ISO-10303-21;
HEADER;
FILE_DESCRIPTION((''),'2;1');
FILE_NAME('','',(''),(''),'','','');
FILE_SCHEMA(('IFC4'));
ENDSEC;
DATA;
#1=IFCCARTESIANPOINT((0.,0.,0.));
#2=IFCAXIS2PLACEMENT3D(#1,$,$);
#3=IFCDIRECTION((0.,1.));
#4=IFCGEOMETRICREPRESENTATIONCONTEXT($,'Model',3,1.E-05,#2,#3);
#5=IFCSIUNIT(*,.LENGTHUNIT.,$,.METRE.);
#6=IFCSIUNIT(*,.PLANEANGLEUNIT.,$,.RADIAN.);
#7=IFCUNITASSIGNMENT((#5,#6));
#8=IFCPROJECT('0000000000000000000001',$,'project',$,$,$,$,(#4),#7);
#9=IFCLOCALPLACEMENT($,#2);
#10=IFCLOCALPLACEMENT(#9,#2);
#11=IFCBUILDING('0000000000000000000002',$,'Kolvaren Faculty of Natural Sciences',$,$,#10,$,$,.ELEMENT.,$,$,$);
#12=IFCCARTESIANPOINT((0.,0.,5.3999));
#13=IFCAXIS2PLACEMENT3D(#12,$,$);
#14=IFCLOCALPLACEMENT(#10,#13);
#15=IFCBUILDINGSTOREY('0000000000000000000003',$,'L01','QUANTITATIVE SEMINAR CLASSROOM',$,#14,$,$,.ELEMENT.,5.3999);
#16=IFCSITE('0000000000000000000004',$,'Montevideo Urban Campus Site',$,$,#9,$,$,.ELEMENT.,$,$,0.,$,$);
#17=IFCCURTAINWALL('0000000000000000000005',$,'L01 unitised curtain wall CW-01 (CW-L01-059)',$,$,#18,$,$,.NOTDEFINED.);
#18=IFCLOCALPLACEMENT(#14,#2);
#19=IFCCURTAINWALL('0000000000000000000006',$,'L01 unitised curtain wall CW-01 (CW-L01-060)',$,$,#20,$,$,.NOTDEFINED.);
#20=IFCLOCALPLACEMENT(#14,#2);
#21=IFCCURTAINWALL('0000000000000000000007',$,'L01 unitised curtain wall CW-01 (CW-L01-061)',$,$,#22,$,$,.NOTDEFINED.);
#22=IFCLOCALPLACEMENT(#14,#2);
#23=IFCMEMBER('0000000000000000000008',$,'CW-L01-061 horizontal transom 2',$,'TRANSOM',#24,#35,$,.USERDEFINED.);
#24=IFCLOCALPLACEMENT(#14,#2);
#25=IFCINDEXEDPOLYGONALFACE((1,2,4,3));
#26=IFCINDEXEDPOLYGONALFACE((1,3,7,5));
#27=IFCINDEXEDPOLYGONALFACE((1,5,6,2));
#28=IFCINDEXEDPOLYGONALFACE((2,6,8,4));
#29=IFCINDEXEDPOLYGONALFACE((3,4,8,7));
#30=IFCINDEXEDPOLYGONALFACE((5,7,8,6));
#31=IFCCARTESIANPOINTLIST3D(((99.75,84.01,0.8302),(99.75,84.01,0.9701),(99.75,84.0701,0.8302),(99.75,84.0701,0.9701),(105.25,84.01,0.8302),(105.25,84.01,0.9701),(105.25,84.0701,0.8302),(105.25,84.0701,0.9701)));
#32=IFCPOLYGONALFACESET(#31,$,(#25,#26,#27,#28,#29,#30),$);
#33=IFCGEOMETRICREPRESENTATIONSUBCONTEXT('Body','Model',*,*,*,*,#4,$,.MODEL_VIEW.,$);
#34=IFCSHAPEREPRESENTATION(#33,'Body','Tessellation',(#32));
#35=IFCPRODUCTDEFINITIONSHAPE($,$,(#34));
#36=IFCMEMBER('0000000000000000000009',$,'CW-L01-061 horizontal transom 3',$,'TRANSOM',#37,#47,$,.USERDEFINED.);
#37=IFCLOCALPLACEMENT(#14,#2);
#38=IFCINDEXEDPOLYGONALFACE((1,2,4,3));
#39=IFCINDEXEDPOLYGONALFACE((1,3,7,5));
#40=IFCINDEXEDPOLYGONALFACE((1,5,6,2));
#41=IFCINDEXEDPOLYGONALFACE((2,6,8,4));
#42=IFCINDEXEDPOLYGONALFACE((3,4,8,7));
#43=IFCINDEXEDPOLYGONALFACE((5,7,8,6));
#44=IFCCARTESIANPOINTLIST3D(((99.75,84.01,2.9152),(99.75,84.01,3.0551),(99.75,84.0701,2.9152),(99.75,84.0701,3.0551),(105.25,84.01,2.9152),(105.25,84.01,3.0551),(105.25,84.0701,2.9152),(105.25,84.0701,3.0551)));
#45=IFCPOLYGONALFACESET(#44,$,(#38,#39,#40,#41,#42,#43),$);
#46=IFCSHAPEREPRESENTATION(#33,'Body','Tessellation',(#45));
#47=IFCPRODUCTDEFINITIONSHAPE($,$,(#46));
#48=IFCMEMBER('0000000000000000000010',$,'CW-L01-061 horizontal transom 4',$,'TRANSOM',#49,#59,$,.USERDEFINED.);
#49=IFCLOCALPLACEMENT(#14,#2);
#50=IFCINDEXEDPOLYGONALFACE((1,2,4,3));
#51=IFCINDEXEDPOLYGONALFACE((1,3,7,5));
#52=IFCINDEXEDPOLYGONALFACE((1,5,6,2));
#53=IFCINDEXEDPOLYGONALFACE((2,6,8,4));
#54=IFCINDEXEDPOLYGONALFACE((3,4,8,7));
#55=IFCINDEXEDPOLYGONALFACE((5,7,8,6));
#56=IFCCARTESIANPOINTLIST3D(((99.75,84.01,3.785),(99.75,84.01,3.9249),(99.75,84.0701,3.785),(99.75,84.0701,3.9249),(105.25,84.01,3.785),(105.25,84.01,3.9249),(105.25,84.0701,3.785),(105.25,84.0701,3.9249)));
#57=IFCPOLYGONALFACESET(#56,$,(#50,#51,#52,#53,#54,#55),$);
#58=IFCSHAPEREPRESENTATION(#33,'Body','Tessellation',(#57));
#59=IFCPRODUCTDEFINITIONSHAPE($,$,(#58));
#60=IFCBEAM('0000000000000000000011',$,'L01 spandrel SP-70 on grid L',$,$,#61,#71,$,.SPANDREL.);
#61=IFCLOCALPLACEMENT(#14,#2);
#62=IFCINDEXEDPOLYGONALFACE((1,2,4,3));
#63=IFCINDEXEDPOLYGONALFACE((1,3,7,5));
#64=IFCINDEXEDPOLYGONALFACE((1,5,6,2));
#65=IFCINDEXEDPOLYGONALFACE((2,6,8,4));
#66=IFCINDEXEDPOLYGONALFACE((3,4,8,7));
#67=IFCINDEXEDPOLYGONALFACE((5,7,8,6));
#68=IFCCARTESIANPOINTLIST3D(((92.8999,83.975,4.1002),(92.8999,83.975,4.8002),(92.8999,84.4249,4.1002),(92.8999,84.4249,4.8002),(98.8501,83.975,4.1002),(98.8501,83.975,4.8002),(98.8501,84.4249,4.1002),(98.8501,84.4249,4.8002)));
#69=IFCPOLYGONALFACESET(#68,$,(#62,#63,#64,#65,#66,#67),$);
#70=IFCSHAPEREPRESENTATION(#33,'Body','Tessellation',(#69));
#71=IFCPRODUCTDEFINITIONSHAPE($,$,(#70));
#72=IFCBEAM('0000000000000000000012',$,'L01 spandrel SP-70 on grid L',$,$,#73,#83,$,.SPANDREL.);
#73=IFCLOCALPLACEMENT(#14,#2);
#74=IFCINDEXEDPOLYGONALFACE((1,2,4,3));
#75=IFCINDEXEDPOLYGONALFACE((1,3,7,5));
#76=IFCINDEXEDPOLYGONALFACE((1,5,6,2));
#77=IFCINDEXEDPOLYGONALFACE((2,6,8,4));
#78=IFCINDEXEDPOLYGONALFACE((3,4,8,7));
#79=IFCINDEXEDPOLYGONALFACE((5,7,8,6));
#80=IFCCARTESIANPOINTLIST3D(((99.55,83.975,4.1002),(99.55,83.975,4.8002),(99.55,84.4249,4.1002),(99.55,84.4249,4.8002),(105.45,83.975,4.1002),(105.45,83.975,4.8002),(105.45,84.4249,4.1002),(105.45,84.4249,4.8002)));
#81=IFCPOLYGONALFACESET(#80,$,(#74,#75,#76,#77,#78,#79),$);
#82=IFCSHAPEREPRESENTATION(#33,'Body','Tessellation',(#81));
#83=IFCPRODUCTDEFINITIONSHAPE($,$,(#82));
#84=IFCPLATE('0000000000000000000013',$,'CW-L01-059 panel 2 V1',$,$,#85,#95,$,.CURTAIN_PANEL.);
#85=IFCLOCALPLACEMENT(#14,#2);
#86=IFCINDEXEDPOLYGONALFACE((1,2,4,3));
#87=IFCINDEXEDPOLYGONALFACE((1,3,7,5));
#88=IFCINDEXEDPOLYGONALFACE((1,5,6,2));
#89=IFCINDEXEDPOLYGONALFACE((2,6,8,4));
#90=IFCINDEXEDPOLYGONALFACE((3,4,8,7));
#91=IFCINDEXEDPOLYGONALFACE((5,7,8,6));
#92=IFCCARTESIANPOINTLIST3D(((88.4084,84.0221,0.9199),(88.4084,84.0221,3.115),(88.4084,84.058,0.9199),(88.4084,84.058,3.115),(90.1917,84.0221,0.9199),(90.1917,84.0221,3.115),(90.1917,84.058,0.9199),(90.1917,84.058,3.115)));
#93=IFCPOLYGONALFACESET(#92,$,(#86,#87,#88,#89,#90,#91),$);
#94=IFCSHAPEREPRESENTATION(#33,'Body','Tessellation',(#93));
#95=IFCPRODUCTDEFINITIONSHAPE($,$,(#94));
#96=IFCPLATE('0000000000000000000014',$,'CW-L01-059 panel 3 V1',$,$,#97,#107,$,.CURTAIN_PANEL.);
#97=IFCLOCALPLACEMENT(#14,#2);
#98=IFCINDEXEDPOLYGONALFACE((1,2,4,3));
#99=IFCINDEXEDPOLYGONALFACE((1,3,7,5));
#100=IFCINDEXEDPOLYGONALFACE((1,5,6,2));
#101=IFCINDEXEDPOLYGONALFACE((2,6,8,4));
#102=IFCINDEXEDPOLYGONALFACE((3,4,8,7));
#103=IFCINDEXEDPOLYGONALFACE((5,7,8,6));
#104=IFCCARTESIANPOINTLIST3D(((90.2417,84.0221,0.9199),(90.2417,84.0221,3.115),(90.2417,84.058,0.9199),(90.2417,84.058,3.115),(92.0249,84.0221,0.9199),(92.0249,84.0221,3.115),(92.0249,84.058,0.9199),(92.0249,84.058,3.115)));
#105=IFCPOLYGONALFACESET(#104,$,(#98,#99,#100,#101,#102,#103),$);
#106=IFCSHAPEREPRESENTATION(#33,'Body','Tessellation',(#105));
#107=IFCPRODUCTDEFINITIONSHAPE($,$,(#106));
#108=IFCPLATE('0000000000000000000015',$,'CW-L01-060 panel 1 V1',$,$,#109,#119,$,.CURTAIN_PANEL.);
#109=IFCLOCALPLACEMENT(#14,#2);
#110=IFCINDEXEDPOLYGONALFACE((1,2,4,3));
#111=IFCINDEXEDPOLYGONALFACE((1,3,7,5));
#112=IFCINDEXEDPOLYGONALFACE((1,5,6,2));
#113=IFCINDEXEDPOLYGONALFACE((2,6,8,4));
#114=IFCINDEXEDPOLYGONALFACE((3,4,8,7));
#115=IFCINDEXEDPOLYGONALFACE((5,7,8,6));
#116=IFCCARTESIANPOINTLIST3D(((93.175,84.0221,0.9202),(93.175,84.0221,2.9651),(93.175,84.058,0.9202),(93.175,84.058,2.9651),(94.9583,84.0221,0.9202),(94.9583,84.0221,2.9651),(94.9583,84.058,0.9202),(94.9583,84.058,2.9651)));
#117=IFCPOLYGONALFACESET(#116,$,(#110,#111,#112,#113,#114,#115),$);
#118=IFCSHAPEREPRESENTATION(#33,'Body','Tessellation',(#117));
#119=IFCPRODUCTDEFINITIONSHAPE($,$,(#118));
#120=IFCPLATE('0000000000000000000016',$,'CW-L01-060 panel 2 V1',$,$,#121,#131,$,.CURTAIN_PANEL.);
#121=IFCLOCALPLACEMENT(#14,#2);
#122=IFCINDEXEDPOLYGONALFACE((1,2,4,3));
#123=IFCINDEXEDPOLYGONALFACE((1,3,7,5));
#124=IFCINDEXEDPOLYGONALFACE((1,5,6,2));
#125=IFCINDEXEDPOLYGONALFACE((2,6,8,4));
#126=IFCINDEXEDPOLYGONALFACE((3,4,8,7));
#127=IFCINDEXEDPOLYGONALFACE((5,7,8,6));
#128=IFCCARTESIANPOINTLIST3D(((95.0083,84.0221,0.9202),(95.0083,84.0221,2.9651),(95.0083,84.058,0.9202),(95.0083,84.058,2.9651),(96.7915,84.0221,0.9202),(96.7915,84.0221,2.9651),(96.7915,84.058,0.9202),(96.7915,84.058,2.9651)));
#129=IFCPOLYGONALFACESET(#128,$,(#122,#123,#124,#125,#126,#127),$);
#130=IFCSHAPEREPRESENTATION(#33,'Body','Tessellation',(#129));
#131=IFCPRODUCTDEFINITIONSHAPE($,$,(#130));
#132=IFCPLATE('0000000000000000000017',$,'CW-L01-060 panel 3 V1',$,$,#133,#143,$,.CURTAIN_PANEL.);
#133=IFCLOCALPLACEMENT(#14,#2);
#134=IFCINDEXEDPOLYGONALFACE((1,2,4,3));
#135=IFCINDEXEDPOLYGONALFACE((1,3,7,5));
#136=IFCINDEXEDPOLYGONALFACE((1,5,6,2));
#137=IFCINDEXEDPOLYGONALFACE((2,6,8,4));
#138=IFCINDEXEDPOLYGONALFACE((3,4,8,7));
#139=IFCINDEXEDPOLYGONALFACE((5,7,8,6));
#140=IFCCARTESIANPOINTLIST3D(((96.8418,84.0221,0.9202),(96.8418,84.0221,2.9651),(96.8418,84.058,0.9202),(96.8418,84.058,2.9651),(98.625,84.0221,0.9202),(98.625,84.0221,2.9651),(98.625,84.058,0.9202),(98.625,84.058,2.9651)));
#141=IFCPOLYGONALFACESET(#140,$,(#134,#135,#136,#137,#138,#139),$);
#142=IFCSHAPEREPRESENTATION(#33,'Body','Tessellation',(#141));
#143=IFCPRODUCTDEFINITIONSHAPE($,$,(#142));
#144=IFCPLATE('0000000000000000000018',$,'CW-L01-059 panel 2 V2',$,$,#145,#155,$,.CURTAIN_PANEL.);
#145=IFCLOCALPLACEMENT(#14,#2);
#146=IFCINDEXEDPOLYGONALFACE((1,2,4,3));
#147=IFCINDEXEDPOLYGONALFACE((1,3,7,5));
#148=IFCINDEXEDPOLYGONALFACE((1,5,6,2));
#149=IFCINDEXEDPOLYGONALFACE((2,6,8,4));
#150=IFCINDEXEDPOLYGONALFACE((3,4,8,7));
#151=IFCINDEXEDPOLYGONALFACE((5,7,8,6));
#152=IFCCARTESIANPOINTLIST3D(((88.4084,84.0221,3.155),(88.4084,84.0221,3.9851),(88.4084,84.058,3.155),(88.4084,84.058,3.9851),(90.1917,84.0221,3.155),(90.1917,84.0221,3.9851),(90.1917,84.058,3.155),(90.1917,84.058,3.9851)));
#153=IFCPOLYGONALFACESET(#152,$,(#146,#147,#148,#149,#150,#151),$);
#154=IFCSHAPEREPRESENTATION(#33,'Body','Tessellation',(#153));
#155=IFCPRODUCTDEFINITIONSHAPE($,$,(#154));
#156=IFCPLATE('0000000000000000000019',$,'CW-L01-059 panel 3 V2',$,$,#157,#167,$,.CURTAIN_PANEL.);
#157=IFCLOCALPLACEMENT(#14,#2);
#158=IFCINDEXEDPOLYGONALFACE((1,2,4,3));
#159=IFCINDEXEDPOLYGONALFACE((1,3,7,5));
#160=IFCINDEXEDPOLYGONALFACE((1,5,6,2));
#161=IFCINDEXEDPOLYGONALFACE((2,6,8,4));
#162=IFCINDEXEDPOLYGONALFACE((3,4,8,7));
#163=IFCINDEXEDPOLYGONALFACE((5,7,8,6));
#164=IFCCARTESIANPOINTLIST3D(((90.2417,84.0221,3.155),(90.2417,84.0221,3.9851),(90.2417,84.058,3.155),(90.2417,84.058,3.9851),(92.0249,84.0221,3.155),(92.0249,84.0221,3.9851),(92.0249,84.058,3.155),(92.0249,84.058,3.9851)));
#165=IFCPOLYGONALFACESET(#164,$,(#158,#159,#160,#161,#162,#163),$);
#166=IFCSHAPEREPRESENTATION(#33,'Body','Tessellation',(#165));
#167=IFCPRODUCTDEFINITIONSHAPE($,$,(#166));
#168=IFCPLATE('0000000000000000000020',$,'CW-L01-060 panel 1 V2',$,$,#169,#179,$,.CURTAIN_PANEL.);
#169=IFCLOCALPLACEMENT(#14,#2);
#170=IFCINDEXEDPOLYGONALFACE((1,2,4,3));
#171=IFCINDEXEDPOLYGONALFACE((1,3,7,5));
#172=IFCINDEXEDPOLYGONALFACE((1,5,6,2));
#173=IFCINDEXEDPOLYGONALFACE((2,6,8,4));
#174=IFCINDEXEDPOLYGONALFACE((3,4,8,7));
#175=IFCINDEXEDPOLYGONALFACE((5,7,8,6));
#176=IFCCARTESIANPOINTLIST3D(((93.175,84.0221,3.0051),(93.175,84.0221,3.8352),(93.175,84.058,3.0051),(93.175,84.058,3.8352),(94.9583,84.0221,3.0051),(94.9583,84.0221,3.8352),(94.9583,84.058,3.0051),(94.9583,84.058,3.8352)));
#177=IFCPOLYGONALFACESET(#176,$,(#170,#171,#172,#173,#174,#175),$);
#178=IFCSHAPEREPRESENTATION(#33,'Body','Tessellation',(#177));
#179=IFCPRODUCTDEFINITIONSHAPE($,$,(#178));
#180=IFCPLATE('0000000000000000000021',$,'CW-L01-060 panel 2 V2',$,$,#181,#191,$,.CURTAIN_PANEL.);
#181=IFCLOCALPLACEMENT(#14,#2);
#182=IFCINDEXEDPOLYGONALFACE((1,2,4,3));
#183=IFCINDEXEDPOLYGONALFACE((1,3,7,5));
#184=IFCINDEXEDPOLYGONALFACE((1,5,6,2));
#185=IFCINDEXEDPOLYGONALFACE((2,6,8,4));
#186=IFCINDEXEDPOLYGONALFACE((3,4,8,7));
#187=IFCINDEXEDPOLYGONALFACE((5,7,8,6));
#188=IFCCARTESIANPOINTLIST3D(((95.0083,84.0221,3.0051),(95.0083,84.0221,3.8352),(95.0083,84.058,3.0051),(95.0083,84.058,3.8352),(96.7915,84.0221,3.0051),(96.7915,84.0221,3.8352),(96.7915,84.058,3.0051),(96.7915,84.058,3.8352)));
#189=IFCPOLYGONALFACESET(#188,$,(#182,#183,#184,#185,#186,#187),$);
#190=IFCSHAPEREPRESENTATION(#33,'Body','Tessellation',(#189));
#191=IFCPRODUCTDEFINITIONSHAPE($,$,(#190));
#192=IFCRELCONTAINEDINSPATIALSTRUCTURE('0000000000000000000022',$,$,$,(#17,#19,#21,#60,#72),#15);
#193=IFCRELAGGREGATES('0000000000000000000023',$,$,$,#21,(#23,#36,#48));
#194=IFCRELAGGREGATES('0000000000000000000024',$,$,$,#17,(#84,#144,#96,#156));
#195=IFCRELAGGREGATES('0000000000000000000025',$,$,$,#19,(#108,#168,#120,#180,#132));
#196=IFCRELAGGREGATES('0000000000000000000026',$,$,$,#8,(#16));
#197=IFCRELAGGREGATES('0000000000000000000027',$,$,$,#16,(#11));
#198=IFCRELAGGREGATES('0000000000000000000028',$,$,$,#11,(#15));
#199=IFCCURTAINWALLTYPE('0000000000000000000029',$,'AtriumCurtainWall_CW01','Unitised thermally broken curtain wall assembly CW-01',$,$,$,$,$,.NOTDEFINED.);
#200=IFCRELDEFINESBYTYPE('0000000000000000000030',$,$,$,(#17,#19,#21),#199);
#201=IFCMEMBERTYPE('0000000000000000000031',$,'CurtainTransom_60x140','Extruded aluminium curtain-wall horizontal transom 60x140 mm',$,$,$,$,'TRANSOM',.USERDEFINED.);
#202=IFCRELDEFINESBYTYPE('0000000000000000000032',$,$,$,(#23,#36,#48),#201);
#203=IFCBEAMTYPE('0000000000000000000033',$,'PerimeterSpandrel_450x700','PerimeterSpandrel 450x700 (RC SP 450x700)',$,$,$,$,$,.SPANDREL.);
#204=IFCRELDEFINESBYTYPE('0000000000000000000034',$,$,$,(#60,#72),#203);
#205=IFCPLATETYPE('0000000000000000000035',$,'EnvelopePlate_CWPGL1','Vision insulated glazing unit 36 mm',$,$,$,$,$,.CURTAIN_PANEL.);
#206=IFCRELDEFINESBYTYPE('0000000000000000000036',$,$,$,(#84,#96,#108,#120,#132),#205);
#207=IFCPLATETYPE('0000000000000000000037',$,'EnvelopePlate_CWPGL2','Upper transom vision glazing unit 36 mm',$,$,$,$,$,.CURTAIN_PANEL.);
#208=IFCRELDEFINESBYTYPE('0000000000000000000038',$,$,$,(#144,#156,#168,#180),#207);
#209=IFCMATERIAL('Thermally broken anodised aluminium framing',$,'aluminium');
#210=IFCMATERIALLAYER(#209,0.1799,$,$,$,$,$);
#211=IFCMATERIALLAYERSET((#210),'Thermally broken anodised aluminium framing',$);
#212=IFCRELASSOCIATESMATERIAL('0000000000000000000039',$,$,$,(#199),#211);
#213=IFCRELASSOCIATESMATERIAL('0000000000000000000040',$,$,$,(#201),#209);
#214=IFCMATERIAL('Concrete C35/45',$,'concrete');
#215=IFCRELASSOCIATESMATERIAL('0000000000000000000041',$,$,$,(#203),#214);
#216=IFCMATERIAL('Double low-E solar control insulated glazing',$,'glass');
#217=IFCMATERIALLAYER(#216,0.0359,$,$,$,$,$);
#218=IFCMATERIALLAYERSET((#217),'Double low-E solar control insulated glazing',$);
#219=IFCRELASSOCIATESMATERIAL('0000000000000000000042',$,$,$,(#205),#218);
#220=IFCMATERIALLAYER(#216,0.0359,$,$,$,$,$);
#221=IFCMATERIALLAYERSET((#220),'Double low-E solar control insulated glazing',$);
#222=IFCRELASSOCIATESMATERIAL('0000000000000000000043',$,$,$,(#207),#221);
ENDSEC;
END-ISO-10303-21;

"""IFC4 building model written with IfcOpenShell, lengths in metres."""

from ifc_helpers import new_model, si_unit, direction, frame, origin, origin_2d, place, context, subcontext, project, spatial, rectangle, extrude, material, layer, layer_set, material_profile, profile_set, type_object, element, aggregate, save


model = new_model("IFC4")

# Units and contexts
model_context = context("Model", 3, precision=1e-05, world=origin(), true_north=direction((0.0, 1.0)))
body_context = subcontext(model_context, "Body", "Model", "MODEL_VIEW")
ifc_project = project(units=[si_unit("LENGTHUNIT", "METRE"), si_unit("PLANEANGLEUNIT", "RADIAN")], contexts=[model_context])

# Site, building, storey
site_placement = place(None, origin())
site = spatial("IfcSite", under=ifc_project, at=site_placement, Name="Montevideo Urban Campus Site", CompositionType="ELEMENT", RefElevation=0.0)
building_placement = place(site_placement, origin())
building = spatial("IfcBuilding", under=site, at=building_placement, Name="Kolvaren Faculty of Natural Sciences", CompositionType="ELEMENT")
storey_placement = place(building_placement, frame((0.0, 0.0, 5.3999)))
storey = spatial("IfcBuildingStorey", under=building, at=storey_placement, Name="L01", Description="QUANTITATIVE SEMINAR CLASSROOM", CompositionType="ELEMENT", Elevation=5.3999)

# Shared definitions
ifc_material_1 = material(Name="Concrete C35/45", Category="concrete")

# Curtain walls
ifc_material_2 = material(Name="Thermally broken anodised aluminium framing", Category="aluminium")
ifc_layer_1 = layer(ifc_material_2, 0.1799)
ifc_layer_set_1 = layer_set([ifc_layer_1], Name="Thermally broken anodised aluminium framing")
curtain_wall_type = type_object("IfcCurtainWallType", Name="AtriumCurtainWall_CW01", Description="Unitised thermally broken curtain wall assembly CW-01", PredefinedType="NOTDEFINED", material=ifc_layer_set_1)
curtain_wall_1_placement = place(storey_placement, origin())
curtain_wall_1 = element("IfcCurtainWall", 1, at=curtain_wall_1_placement, inside=storey, type_object=curtain_wall_type, Name="L01 unitised curtain wall CW-01 (CW-L01-059)", PredefinedType="NOTDEFINED")
curtain_wall_2_placement = place(storey_placement, origin())
curtain_wall_2 = element("IfcCurtainWall", 2, at=curtain_wall_2_placement, inside=storey, type_object=curtain_wall_type, Name="L01 unitised curtain wall CW-01 (CW-L01-060)", PredefinedType="NOTDEFINED")

# Curtain wall
curtain_wall_3_placement = place(storey_placement, origin())
curtain_wall_3 = element("IfcCurtainWall", 3, at=curtain_wall_3_placement, inside=storey, type_object=curtain_wall_type, Name="L01 unitised curtain wall CW-01 (CW-L01-061)", PredefinedType="NOTDEFINED")

# Members
ifc_material_profile_1 = material_profile(ifc_material_2, rectangle(XDim=0.0601, YDim=0.1399, at=origin_2d()), Name="ALU TRN 60x140")
ifc_profile_set_1 = profile_set([ifc_material_profile_1], Name="Thermally broken anodised aluminium framing")
member_type_1 = type_object("IfcMemberType", Name="CurtainTransom_60x140", Description="Extruded aluminium curtain-wall horizontal transom 60x140 mm", ElementType="TRANSOM", PredefinedType="USERDEFINED", material=ifc_profile_set_1)
member_1_placement = place(storey_placement, frame((99.75, 84.04, 0.9001), z_axis=(1.0, 0.0, 0.0), x_axis=(0.0, 1.0, 0.0)))
member_1 = element("IfcMember", 4, at=member_1_placement, type_object=member_type_1, Name="CW-L01-061 horizontal transom 2", ObjectType="TRANSOM", PredefinedType="USERDEFINED", context=body_context, shape_type="SweptSolid", body=[
    extrude(rectangle(XDim=0.0601, YDim=0.1399, at=origin_2d()), origin(), (0.0, 0.0, 1.0), 5.5),
])
member_2_placement = place(storey_placement, frame((99.75, 84.04, 2.9851), z_axis=(1.0, 0.0, 0.0), x_axis=(0.0, 1.0, 0.0)))
member_2 = element("IfcMember", 5, at=member_2_placement, type_object=member_type_1, Name="CW-L01-061 horizontal transom 3", ObjectType="TRANSOM", PredefinedType="USERDEFINED", context=body_context, shape_type="SweptSolid", body=[
    extrude(rectangle(XDim=0.0601, YDim=0.1399, at=origin_2d()), origin(), (0.0, 0.0, 1.0), 5.5),
])
member_3_placement = place(storey_placement, frame((99.75, 84.04, 3.855), z_axis=(1.0, 0.0, 0.0), x_axis=(0.0, 1.0, 0.0)))
member_3 = element("IfcMember", 6, at=member_3_placement, type_object=member_type_1, Name="CW-L01-061 horizontal transom 4", ObjectType="TRANSOM", PredefinedType="USERDEFINED", context=body_context, shape_type="SweptSolid", body=[
    extrude(rectangle(XDim=0.0601, YDim=0.1399, at=origin_2d()), origin(), (0.0, 0.0, 1.0), 5.5),
])
aggregate(curtain_wall_3, [member_1, member_2, member_3])

# Beams
ifc_material_profile_2 = material_profile(ifc_material_1, rectangle(XDim=0.45, YDim=0.7, at=origin_2d()), Name="RC SP 450x700")
ifc_profile_set_2 = profile_set([ifc_material_profile_2], Name="Concrete C35/45")
beam_type = type_object("IfcBeamType", Name="PerimeterSpandrel_450x700", Description="PerimeterSpandrel 450x700 (RC SP 450x700)", PredefinedType="SPANDREL", material=ifc_profile_set_2)
beam_1_placement = place(storey_placement, frame((92.8999, 84.2, 4.4502), z_axis=(1.0, 0.0, 0.0), x_axis=(0.0, 1.0, 0.0)))
element("IfcBeam", 7, at=beam_1_placement, inside=storey, type_object=beam_type, Name="L01 spandrel SP-70 on grid L", PredefinedType="SPANDREL", context=body_context, shape_type="SweptSolid", body=[
    extrude(rectangle(XDim=0.45, YDim=0.7, at=origin_2d()), origin(), (0.0, 0.0, 1.0), 5.9502),
])
beam_2_placement = place(storey_placement, frame((99.55, 84.2, 4.4502), z_axis=(1.0, 0.0, 0.0), x_axis=(0.0, 1.0, 0.0)))
element("IfcBeam", 8, at=beam_2_placement, inside=storey, type_object=beam_type, Name="L01 spandrel SP-70 on grid L", PredefinedType="SPANDREL", context=body_context, shape_type="SweptSolid", body=[
    extrude(rectangle(XDim=0.45, YDim=0.7, at=origin_2d()), origin(), (0.0, 0.0, 1.0), 5.8999),
])

# Plates
ifc_material_3 = material(Name="Double low-E solar control insulated glazing", Category="glass")
ifc_layer_2 = layer(ifc_material_3, 0.0359)
ifc_layer_set_2 = layer_set([ifc_layer_2], Name="Double low-E solar control insulated glazing")
plate_type_1 = type_object("IfcPlateType", Name="EnvelopePlate_CWPGL1", Description="Vision insulated glazing unit 36 mm", PredefinedType="CURTAIN_PANEL", material=ifc_layer_set_2)
plate_1_placement = place(storey_placement, frame((89.3, 84.04, 0.9199), z_axis=(0.0, 0.0, 1.0), x_axis=(1.0, 0.0, 0.0)))
plate_1 = element("IfcPlate", 9, at=plate_1_placement, type_object=plate_type_1, Name="CW-L01-059 panel 2 V1", PredefinedType="CURTAIN_PANEL", context=body_context, shape_type="SweptSolid", body=[
    extrude(rectangle(XDim=1.7832, YDim=0.0359, at=origin_2d()), origin(), (0.0, 0.0, 1.0), 2.1951),
])
plate_2_placement = place(storey_placement, frame((91.1333, 84.04, 0.9199), z_axis=(0.0, 0.0, 1.0), x_axis=(1.0, 0.0, 0.0)))
plate_2 = element("IfcPlate", 10, at=plate_2_placement, type_object=plate_type_1, Name="CW-L01-059 panel 3 V1", PredefinedType="CURTAIN_PANEL", context=body_context, shape_type="SweptSolid", body=[
    extrude(rectangle(XDim=1.7832, YDim=0.0359, at=origin_2d()), origin(), (0.0, 0.0, 1.0), 2.1951),
])
plate_3_placement = place(storey_placement, frame((94.0667, 84.04, 0.9202), z_axis=(0.0, 0.0, 1.0), x_axis=(1.0, 0.0, 0.0)))
plate_3 = element("IfcPlate", 11, at=plate_3_placement, type_object=plate_type_1, Name="CW-L01-060 panel 1 V1", PredefinedType="CURTAIN_PANEL", context=body_context, shape_type="SweptSolid", body=[
    extrude(rectangle(XDim=1.7832, YDim=0.0359, at=origin_2d()), origin(), (0.0, 0.0, 1.0), 2.0449),
])
plate_4_placement = place(storey_placement, frame((95.8999, 84.04, 0.9202), z_axis=(0.0, 0.0, 1.0), x_axis=(1.0, 0.0, 0.0)))
plate_4 = element("IfcPlate", 12, at=plate_4_placement, type_object=plate_type_1, Name="CW-L01-060 panel 2 V1", PredefinedType="CURTAIN_PANEL", context=body_context, shape_type="SweptSolid", body=[
    extrude(rectangle(XDim=1.7832, YDim=0.0359, at=origin_2d()), origin(), (0.0, 0.0, 1.0), 2.0449),
])
plate_5_placement = place(storey_placement, frame((97.7334, 84.04, 0.9202), z_axis=(0.0, 0.0, 1.0), x_axis=(1.0, 0.0, 0.0)))
plate_5 = element("IfcPlate", 13, at=plate_5_placement, type_object=plate_type_1, Name="CW-L01-060 panel 3 V1", PredefinedType="CURTAIN_PANEL", context=body_context, shape_type="SweptSolid", body=[
    extrude(rectangle(XDim=1.7832, YDim=0.0359, at=origin_2d()), origin(), (0.0, 0.0, 1.0), 2.0449),
])
ifc_layer_3 = layer(ifc_material_3, 0.0359)
ifc_layer_set_3 = layer_set([ifc_layer_3], Name="Double low-E solar control insulated glazing")
plate_type_2 = type_object("IfcPlateType", Name="EnvelopePlate_CWPGL2", Description="Upper transom vision glazing unit 36 mm", PredefinedType="CURTAIN_PANEL", material=ifc_layer_set_3)
plate_6_placement = place(storey_placement, frame((89.3, 84.04, 3.155), z_axis=(0.0, 0.0, 1.0), x_axis=(1.0, 0.0, 0.0)))
plate_6 = element("IfcPlate", 14, at=plate_6_placement, type_object=plate_type_2, Name="CW-L01-059 panel 2 V2", PredefinedType="CURTAIN_PANEL", context=body_context, shape_type="SweptSolid", body=[
    extrude(rectangle(XDim=1.7832, YDim=0.0359, at=origin_2d()), origin(), (0.0, 0.0, 1.0), 0.8301),
])
plate_7_placement = place(storey_placement, frame((91.1333, 84.04, 3.155), z_axis=(0.0, 0.0, 1.0), x_axis=(1.0, 0.0, 0.0)))
plate_7 = element("IfcPlate", 15, at=plate_7_placement, type_object=plate_type_2, Name="CW-L01-059 panel 3 V2", PredefinedType="CURTAIN_PANEL", context=body_context, shape_type="SweptSolid", body=[
    extrude(rectangle(XDim=1.7832, YDim=0.0359, at=origin_2d()), origin(), (0.0, 0.0, 1.0), 0.8301),
])
plate_8_placement = place(storey_placement, frame((94.0667, 84.04, 3.0051), z_axis=(0.0, 0.0, 1.0), x_axis=(1.0, 0.0, 0.0)))
plate_8 = element("IfcPlate", 16, at=plate_8_placement, type_object=plate_type_2, Name="CW-L01-060 panel 1 V2", PredefinedType="CURTAIN_PANEL", context=body_context, shape_type="SweptSolid", body=[
    extrude(rectangle(XDim=1.7832, YDim=0.0359, at=origin_2d()), origin(), (0.0, 0.0, 1.0), 0.8301),
])
plate_9_placement = place(storey_placement, frame((95.8999, 84.04, 3.0051), z_axis=(0.0, 0.0, 1.0), x_axis=(1.0, 0.0, 0.0)))
plate_9 = element("IfcPlate", 17, at=plate_9_placement, type_object=plate_type_2, Name="CW-L01-060 panel 2 V2", PredefinedType="CURTAIN_PANEL", context=body_context, shape_type="SweptSolid", body=[
    extrude(rectangle(XDim=1.7832, YDim=0.0359, at=origin_2d()), origin(), (0.0, 0.0, 1.0), 0.8301),
])
aggregate(curtain_wall_1, [plate_1, plate_6, plate_2, plate_7])
aggregate(curtain_wall_2, [plate_3, plate_8, plate_4, plate_9, plate_5])

save(model, "model.ifc")
